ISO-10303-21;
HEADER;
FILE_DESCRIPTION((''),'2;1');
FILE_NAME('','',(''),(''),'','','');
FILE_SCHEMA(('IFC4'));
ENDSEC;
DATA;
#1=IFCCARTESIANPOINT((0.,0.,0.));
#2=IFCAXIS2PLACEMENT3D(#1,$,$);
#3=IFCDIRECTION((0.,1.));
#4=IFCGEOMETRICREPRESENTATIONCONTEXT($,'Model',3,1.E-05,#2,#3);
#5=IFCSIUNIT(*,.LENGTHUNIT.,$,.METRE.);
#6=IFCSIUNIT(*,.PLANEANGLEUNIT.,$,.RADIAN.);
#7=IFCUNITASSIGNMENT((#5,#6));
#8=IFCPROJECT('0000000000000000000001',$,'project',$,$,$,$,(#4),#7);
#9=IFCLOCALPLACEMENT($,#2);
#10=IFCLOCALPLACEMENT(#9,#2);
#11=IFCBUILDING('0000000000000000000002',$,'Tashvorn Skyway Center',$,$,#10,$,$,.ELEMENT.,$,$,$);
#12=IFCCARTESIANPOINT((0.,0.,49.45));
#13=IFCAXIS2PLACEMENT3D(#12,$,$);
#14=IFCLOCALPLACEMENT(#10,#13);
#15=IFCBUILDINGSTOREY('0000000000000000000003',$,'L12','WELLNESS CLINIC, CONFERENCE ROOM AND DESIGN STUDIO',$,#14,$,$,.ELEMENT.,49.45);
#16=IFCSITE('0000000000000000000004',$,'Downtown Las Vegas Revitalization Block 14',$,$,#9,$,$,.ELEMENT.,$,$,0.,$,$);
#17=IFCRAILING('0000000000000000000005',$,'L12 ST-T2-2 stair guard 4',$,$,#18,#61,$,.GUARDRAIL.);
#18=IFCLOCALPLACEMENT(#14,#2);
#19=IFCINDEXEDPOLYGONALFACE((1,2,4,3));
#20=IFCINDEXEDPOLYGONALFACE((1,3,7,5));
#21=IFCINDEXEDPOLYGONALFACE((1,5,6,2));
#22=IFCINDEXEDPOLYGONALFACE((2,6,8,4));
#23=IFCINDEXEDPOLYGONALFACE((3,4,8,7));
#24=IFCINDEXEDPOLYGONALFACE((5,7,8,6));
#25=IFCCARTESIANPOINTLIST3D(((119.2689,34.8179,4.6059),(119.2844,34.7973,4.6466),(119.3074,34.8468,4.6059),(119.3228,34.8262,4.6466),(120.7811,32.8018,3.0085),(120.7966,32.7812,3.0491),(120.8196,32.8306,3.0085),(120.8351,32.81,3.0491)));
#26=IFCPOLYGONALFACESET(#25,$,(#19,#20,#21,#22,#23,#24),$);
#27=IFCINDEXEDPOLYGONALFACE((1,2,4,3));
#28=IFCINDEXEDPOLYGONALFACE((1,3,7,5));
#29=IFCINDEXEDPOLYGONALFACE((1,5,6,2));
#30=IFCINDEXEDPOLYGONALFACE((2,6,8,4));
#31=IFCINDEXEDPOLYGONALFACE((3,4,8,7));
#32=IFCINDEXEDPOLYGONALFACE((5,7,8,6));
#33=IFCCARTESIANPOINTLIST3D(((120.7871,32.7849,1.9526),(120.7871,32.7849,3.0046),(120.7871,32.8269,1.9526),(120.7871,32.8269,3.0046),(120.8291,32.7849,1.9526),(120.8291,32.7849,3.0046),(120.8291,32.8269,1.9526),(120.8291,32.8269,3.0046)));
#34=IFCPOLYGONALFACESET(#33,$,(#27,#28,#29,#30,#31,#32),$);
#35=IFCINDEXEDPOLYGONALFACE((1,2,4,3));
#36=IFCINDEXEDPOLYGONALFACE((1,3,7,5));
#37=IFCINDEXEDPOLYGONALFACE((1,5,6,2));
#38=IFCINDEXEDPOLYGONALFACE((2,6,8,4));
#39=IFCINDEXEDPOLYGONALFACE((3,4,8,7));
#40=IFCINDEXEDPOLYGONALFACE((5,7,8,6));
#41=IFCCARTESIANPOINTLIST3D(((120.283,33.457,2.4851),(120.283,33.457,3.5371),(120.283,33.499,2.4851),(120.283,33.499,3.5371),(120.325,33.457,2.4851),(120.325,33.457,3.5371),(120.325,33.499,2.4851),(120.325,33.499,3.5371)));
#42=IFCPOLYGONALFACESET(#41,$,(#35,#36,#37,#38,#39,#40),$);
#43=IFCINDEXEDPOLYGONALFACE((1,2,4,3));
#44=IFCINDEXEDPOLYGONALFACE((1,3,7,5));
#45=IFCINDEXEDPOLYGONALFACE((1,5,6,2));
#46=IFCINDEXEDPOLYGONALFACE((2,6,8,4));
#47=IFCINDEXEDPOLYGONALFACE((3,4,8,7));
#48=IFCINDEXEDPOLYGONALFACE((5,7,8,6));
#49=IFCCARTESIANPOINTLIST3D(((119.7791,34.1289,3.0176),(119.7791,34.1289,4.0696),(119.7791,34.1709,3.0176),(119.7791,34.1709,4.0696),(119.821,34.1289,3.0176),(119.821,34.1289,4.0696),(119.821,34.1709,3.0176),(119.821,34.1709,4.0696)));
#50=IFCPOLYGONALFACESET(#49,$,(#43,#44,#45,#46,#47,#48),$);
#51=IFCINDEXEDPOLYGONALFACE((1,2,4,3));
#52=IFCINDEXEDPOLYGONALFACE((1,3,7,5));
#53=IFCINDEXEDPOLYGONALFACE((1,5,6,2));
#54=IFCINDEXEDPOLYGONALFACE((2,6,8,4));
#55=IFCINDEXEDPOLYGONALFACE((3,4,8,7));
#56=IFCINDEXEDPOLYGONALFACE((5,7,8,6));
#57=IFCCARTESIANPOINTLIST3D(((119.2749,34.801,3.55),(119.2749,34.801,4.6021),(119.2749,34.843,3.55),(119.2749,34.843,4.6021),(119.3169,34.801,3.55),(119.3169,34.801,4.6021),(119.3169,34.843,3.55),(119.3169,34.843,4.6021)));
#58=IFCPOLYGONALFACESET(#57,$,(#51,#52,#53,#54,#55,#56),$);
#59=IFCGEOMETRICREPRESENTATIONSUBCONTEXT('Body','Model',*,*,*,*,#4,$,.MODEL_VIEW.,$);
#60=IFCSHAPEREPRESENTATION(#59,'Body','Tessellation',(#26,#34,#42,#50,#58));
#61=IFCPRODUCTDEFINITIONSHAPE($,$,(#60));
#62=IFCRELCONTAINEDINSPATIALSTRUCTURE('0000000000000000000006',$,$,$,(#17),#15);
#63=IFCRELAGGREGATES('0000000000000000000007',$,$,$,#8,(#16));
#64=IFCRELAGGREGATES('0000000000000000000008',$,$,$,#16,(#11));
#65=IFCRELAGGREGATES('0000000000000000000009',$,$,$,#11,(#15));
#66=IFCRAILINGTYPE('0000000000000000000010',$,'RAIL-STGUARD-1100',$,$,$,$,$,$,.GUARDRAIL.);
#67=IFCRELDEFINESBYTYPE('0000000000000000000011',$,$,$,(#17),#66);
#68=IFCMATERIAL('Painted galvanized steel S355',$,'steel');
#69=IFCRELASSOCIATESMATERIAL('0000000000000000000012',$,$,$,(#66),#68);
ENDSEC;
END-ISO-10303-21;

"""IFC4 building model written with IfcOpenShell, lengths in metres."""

from ifc_helpers import new_model, si_unit, direction, frame, origin, origin_2d, place, context, subcontext, project, spatial, rectangle, extrude, material, type_object, element, save


model = new_model("IFC4")

# Units and contexts
model_context = context("Model", 3, precision=1e-05, world=origin(), true_north=direction((0.0, 1.0)))
body_context = subcontext(model_context, "Body", "Model", "MODEL_VIEW")
ifc_project = project(units=[si_unit("LENGTHUNIT", "METRE"), si_unit("PLANEANGLEUNIT", "RADIAN")], contexts=[model_context])

# Site, building, storey
site_placement = place(None, origin())
site = spatial("IfcSite", under=ifc_project, at=site_placement, Name="Downtown Las Vegas Revitalization Block 14", CompositionType="ELEMENT", RefElevation=0.0)
building_placement = place(site_placement, origin())
building = spatial("IfcBuilding", under=site, at=building_placement, Name="Tashvorn Skyway Center", CompositionType="ELEMENT")
storey_placement = place(building_placement, frame((0.0, 0.0, 49.45)))
storey = spatial("IfcBuildingStorey", under=building, at=storey_placement, Name="L12", Description="WELLNESS CLINIC, CONFERENCE ROOM AND DESIGN STUDIO", CompositionType="ELEMENT", Elevation=49.45)

# Railing
ifc_material_1 = material(Name="Painted galvanized steel S355", Category="steel")
railing_type_1 = type_object("IfcRailingType", Name="RAIL-STGUARD-1100", PredefinedType="GUARDRAIL", material=ifc_material_1)
railing_1_placement = place(storey_placement, frame((120.8081, 32.8059, 1.9526)))
element("IfcRailing", 1, at=railing_1_placement, inside=storey, type_object=railing_type_1, Name="L12 ST-T2-2 stair guard 4", PredefinedType="GUARDRAIL", context=body_context, shape_type="SweptSolid", body=[
    extrude(rectangle(XDim=0.0481, YDim=0.0481, at=origin_2d()), frame((0.0, 0.0, 1.0762), z_axis=(-0.506802, 0.675681, 0.535357), x_axis=(-0.799977, -0.600031, 0.0)), (0.0, 0.0, 1.0), 2.9839),
    extrude(rectangle(XDim=0.042, YDim=0.042, at=origin_2d()), origin(), (0.0, 0.0, 1.0), 1.052),
    extrude(rectangle(XDim=0.042, YDim=0.042, at=origin_2d()), frame((-0.5042, 0.6721, 0.5325)), (0.0, 0.0, 1.0), 1.052),
    extrude(rectangle(XDim=0.042, YDim=0.042, at=origin_2d()), frame((-1.0081, 1.344, 1.0649)), (0.0, 0.0, 1.0), 1.052),
    extrude(rectangle(XDim=0.042, YDim=0.042, at=origin_2d()), frame((-1.5122, 2.0161, 1.5974)), (0.0, 0.0, 1.0), 1.052),
])

save(model, "model.ifc")
